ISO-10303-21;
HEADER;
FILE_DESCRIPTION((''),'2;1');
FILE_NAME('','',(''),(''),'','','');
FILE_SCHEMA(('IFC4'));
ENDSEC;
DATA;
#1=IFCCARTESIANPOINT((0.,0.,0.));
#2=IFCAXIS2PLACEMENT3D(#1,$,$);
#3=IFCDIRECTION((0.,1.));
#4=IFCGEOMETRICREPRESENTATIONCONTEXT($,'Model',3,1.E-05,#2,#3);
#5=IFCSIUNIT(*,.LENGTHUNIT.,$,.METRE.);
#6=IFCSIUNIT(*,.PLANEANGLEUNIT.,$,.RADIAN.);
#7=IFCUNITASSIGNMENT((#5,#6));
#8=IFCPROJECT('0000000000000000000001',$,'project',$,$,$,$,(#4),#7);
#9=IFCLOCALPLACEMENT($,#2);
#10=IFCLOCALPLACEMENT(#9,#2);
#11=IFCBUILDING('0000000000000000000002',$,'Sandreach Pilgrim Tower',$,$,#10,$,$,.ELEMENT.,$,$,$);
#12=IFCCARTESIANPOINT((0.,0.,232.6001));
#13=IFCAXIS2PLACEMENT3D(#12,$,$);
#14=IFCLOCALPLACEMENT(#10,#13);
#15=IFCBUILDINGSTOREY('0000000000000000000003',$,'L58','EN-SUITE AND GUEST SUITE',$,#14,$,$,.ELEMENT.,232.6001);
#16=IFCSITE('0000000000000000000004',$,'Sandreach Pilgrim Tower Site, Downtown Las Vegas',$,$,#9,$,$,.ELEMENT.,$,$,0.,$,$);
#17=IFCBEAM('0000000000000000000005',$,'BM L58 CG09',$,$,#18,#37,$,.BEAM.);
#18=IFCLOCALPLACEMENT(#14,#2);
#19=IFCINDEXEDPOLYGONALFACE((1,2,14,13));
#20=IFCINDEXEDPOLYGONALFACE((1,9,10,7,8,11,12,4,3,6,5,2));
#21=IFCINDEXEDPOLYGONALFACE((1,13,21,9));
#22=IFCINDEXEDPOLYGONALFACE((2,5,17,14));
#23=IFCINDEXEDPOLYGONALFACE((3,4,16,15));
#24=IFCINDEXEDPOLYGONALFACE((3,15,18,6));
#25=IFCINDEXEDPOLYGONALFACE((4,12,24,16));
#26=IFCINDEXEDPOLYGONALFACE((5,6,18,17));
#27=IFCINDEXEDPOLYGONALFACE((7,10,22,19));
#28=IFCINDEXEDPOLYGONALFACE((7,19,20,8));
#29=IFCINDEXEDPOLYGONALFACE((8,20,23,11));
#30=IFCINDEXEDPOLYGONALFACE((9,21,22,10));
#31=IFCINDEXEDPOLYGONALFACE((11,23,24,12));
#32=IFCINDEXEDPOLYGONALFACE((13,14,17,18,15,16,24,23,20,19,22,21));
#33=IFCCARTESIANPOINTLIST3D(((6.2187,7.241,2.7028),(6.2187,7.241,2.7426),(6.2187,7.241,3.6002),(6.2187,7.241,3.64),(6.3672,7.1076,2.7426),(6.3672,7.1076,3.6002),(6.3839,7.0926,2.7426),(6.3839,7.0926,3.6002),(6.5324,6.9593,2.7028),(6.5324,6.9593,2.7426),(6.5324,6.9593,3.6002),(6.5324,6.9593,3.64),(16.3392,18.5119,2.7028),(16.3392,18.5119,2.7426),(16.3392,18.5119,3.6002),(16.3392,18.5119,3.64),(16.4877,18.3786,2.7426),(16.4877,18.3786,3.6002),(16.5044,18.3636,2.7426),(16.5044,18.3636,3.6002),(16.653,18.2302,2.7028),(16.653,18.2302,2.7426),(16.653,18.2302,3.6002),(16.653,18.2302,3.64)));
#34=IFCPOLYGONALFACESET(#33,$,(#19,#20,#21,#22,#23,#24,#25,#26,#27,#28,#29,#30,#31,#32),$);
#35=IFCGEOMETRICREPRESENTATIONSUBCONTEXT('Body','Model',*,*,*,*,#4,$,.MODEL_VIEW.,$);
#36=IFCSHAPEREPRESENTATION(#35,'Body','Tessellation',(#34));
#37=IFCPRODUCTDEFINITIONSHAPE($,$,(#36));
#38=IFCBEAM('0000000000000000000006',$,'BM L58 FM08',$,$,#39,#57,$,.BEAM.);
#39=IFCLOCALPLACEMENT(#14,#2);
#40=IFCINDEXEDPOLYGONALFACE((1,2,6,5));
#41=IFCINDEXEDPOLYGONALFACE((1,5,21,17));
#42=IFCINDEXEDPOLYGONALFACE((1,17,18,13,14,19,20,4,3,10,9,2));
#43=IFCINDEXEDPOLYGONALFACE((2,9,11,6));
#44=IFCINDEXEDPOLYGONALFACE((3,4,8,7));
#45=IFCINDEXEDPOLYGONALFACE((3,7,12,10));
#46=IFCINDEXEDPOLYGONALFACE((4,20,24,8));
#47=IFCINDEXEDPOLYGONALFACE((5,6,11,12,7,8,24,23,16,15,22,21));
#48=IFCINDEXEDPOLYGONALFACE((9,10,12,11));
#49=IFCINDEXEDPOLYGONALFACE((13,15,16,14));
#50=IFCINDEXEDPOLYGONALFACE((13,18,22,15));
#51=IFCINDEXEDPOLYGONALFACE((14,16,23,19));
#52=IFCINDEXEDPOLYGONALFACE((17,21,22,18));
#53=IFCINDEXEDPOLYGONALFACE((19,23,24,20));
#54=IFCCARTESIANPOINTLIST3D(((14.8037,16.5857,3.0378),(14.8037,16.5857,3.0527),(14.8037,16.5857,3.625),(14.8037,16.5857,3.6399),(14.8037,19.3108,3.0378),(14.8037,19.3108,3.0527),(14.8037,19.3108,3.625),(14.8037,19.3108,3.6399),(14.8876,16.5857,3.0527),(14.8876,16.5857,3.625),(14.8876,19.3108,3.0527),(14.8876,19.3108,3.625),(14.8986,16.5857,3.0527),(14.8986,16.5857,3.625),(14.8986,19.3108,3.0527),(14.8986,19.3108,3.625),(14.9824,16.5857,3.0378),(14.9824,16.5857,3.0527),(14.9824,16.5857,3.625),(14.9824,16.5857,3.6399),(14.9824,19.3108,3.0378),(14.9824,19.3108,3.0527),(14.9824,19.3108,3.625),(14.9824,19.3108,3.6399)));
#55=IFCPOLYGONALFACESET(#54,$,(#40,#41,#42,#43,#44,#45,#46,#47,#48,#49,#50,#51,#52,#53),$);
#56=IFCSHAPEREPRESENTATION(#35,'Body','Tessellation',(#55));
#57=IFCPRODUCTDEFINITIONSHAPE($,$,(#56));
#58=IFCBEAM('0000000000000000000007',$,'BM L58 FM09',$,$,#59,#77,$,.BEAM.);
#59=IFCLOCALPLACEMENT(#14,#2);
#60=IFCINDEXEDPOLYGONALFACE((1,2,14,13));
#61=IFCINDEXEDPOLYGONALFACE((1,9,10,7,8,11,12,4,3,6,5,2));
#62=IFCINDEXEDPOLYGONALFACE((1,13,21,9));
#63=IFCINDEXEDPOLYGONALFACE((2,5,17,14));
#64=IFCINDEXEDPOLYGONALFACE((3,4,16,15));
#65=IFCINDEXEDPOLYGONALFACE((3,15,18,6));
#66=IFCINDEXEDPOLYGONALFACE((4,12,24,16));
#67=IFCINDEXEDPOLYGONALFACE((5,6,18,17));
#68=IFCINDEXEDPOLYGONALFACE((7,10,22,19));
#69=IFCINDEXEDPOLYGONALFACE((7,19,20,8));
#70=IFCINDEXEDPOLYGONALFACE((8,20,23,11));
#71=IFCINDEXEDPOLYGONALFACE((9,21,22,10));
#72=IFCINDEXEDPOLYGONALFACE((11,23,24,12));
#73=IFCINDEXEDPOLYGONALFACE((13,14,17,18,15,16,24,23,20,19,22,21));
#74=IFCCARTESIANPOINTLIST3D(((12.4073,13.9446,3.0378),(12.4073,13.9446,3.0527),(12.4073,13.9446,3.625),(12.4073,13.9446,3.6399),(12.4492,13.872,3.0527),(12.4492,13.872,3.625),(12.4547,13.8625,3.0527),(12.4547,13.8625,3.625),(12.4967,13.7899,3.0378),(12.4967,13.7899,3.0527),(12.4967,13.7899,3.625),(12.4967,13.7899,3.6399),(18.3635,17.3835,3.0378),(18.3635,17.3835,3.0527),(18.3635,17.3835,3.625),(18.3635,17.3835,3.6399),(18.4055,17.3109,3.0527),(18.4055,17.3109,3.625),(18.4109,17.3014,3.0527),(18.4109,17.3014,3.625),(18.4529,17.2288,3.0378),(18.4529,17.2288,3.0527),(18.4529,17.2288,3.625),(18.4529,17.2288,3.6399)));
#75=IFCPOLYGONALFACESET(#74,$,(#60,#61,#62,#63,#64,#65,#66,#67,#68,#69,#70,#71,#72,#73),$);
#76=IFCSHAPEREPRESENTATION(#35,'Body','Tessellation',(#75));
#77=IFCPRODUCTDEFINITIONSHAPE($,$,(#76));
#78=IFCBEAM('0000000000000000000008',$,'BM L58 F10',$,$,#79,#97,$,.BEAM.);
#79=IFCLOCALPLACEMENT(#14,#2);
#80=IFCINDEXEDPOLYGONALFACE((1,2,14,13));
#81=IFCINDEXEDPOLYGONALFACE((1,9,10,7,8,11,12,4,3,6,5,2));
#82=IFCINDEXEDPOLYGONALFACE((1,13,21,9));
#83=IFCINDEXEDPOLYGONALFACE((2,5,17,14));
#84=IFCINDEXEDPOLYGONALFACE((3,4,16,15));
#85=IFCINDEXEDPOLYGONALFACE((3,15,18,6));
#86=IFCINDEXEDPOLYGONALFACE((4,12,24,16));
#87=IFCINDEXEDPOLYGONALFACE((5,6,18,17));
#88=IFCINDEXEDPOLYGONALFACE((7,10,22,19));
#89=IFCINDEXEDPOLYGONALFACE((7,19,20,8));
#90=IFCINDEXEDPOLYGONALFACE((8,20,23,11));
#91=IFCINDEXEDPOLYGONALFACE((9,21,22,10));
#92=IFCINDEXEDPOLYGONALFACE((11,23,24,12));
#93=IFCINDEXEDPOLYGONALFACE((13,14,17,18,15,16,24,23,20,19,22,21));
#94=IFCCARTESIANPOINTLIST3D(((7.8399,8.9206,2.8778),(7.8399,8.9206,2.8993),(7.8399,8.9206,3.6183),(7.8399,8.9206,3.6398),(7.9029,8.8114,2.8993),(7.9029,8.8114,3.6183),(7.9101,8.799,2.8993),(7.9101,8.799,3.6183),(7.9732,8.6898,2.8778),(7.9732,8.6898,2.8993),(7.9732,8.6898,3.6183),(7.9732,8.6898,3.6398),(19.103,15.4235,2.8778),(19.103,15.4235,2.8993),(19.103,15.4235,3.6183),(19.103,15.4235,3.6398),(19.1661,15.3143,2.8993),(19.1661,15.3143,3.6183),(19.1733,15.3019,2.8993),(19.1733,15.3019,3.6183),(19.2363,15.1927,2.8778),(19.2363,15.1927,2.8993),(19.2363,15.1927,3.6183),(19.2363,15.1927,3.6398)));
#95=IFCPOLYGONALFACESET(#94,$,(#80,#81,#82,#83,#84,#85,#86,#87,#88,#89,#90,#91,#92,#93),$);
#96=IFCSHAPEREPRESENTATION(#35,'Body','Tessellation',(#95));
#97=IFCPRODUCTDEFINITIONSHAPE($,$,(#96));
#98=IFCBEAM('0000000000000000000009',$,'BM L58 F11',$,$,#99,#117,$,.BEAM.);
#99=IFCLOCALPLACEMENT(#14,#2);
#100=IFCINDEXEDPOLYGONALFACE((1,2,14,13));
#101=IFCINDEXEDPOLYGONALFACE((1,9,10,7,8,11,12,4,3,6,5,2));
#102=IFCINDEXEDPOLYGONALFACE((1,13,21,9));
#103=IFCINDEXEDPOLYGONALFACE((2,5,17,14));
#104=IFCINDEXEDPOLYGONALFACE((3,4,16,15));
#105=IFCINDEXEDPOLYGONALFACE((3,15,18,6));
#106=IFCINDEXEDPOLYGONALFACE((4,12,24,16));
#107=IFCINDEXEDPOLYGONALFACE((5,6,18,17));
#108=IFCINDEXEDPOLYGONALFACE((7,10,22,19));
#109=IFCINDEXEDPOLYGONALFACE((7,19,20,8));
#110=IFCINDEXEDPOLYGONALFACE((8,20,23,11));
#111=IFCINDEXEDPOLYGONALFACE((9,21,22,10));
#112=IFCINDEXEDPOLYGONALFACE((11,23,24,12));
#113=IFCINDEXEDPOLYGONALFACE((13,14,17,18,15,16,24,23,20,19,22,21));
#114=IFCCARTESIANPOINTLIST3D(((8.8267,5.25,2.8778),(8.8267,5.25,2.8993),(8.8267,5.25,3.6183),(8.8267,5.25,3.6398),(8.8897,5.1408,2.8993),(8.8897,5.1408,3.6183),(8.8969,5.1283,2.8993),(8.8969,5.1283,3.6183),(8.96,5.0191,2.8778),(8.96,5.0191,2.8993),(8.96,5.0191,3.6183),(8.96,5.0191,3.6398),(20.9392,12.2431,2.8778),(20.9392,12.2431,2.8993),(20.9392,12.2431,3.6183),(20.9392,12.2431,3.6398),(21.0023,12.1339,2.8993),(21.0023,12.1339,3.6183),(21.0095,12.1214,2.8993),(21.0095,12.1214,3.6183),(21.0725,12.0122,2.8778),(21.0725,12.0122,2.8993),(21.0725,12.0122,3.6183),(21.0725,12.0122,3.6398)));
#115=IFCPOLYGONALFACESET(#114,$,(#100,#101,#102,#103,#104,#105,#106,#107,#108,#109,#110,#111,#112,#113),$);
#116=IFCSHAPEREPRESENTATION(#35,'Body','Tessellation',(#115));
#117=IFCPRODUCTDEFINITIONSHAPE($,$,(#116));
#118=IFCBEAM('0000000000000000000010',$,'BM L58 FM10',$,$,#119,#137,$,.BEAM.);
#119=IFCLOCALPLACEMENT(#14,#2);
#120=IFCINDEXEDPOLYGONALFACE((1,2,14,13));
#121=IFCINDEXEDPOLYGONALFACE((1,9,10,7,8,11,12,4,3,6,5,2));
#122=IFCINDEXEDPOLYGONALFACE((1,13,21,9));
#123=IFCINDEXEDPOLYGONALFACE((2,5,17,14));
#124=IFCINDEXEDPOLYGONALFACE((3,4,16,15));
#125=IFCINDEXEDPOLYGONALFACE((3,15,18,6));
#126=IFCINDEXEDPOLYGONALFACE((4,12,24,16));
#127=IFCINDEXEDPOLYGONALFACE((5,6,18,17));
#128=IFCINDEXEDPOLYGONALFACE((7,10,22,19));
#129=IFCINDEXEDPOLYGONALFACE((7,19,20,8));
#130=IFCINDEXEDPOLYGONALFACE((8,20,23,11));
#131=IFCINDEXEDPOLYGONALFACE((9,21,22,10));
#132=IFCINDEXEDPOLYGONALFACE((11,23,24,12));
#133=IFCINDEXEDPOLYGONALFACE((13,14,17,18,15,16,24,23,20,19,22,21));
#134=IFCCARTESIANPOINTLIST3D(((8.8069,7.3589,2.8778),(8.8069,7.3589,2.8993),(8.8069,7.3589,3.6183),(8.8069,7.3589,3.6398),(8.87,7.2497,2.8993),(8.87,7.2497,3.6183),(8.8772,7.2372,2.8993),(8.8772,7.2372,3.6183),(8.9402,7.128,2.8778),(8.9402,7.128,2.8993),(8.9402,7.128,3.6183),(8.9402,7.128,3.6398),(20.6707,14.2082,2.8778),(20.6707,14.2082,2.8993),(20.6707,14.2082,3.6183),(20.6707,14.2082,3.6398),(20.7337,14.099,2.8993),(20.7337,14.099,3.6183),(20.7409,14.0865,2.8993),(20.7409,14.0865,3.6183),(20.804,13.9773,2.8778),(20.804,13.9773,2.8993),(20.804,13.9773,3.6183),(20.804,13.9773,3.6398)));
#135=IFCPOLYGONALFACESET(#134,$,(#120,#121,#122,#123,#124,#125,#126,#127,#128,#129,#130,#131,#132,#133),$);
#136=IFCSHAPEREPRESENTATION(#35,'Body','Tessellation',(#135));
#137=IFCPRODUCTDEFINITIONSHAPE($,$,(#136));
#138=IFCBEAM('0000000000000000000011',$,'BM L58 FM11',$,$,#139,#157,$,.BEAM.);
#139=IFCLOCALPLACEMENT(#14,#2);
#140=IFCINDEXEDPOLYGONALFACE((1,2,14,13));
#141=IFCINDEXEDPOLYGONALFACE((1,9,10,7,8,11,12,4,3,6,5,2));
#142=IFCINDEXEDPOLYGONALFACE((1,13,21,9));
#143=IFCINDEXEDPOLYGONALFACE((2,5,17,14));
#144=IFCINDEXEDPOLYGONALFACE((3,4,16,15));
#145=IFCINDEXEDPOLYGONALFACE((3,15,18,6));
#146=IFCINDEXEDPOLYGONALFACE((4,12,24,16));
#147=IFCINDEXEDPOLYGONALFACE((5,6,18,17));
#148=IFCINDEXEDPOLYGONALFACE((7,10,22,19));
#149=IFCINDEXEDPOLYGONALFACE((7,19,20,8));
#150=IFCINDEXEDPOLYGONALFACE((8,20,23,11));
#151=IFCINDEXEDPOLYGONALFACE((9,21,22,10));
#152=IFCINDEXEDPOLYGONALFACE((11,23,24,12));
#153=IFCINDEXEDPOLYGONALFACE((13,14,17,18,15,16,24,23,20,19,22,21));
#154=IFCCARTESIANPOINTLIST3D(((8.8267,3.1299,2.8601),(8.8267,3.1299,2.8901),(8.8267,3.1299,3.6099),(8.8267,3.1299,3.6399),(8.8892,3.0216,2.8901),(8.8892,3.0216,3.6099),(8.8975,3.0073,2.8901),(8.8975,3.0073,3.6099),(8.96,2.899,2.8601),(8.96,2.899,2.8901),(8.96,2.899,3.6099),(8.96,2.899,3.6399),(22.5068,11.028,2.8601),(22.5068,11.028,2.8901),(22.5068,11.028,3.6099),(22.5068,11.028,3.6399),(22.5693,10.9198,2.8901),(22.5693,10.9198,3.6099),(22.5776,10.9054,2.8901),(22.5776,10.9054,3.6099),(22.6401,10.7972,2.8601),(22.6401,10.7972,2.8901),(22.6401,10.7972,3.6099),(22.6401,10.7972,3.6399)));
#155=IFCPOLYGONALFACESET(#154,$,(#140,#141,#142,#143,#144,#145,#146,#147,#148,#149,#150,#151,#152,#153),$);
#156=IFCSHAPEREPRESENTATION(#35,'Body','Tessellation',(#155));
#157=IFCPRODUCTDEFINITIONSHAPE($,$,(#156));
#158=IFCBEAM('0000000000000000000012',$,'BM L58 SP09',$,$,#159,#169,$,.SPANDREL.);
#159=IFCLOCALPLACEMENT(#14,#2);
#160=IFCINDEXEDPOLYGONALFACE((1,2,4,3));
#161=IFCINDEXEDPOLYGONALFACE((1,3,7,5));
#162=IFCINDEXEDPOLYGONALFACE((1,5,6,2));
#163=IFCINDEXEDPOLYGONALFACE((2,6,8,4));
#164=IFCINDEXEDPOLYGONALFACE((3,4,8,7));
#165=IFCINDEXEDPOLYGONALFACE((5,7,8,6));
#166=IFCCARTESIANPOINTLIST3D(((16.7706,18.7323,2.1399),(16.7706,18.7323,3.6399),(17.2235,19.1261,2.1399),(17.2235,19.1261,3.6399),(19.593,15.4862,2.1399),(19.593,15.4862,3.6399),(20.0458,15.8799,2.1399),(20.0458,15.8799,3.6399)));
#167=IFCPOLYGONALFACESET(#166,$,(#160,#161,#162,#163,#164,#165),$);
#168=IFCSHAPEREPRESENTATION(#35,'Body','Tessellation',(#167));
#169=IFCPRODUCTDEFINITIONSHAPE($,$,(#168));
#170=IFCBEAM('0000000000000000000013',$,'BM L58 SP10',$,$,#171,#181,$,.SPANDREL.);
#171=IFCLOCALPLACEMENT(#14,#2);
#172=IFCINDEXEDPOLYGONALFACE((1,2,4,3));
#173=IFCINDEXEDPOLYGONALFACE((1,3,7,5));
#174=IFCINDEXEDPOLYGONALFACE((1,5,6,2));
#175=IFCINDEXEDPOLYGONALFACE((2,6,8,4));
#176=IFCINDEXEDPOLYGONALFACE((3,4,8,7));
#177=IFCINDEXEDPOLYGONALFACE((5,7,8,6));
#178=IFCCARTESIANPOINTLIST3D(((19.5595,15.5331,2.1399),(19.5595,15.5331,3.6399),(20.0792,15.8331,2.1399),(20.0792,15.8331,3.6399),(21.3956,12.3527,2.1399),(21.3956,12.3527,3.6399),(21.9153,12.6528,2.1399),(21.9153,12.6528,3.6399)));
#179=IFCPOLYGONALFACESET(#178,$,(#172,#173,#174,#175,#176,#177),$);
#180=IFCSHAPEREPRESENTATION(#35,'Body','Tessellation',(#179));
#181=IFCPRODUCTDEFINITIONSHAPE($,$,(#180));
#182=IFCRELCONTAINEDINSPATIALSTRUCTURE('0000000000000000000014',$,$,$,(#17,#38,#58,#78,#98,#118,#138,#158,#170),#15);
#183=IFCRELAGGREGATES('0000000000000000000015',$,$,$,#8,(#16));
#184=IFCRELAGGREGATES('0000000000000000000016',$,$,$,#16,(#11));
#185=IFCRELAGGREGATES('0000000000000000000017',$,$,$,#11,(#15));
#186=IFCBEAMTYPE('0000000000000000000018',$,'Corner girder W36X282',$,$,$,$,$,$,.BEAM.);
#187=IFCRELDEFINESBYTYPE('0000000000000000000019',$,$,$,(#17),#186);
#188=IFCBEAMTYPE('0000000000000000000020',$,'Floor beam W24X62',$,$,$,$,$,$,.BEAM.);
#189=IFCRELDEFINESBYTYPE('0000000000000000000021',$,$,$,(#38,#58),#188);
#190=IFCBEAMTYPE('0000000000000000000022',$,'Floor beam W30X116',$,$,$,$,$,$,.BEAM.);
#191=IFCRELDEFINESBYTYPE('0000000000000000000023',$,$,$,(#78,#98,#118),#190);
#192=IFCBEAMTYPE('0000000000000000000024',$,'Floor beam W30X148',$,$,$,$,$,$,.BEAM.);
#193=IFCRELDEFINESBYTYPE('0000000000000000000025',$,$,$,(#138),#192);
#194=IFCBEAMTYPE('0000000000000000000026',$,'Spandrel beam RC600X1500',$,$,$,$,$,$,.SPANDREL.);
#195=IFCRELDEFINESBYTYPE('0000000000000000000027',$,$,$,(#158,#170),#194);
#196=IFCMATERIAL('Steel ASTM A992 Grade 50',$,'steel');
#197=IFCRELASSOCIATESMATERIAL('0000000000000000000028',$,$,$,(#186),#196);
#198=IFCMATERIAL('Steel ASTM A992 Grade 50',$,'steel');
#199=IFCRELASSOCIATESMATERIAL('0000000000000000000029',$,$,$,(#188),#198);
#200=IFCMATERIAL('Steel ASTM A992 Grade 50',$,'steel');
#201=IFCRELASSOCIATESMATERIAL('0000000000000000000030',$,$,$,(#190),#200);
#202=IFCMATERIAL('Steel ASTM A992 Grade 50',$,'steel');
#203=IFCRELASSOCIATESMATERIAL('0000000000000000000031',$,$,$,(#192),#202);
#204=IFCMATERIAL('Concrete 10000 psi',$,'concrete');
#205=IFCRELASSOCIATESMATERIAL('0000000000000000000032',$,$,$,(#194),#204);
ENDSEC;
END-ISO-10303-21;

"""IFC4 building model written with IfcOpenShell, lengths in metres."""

from ifc_helpers import new_model, si_unit, direction, frame, origin, origin_2d, place, context, subcontext, project, spatial, rectangle, i_section, extrude, material, material_profile, profile_set, type_object, element, save


model = new_model("IFC4")

# Units and contexts
model_context = context("Model", 3, precision=1e-05, world=origin(), true_north=direction((0.0, 1.0)))
body_context = subcontext(model_context, "Body", "Model", "MODEL_VIEW")
ifc_project = project(units=[si_unit("LENGTHUNIT", "METRE"), si_unit("PLANEANGLEUNIT", "RADIAN")], contexts=[model_context])

# Site, building, storey
site_placement = place(None, origin())
site = spatial("IfcSite", under=ifc_project, at=site_placement, Name="Sandreach Pilgrim Tower Site, Downtown Las Vegas", CompositionType="ELEMENT", RefElevation=0.0)
building_placement = place(site_placement, origin())
building = spatial("IfcBuilding", under=site, at=building_placement, Name="Sandreach Pilgrim Tower", CompositionType="ELEMENT")
storey_placement = place(building_placement, frame((0.0, 0.0, 232.6001)))
storey = spatial("IfcBuildingStorey", under=building, at=storey_placement, Name="L58", Description="EN-SUITE AND GUEST SUITE", CompositionType="ELEMENT", Elevation=232.6001)

# Beams
ifc_material_1 = material(Name="Steel ASTM A992 Grade 50", Category="steel")
ifc_material_profile_1 = material_profile(ifc_material_1, i_section(OverallWidth=0.4216, OverallDepth=0.9373, WebThickness=0.0225, FlangeThickness=0.0398, at=origin_2d()), Name="W36X282")
ifc_profile_set_1 = profile_set([ifc_material_profile_1], Name="Steel ASTM A992 Grade 50")
beam_type_1 = type_object("IfcBeamType", Name="Corner girder W36X282", PredefinedType="BEAM", material=ifc_profile_set_1)
beam_1_placement = place(storey_placement, frame((16.4961, 18.3711, 3.1714), z_axis=(-0.668115, -0.744058, 0.0), x_axis=(0.744058, -0.668115, 0.0)))
element("IfcBeam", 1, at=beam_1_placement, inside=storey, type_object=beam_type_1, Name="BM L58 CG09", PredefinedType="BEAM", context=body_context, shape_type="SweptSolid", body=[
    extrude(i_section(OverallWidth=0.4216, OverallDepth=0.9373, WebThickness=0.0225, FlangeThickness=0.0398, at=origin_2d()), origin(), (0.0, 0.0, 1.0), 15.1479),
])
ifc_material_2 = material(Name="Steel ASTM A992 Grade 50", Category="steel")
ifc_material_profile_2 = material_profile(ifc_material_2, i_section(OverallWidth=0.1787, OverallDepth=0.6021, WebThickness=0.011, FlangeThickness=0.0149, at=origin_2d()), Name="W24X62")
ifc_profile_set_2 = profile_set([ifc_material_profile_2], Name="Steel ASTM A992 Grade 50")
beam_type_2 = type_object("IfcBeamType", Name="Floor beam W24X62", PredefinedType="BEAM", material=ifc_profile_set_2)
beam_2_placement = place(storey_placement, frame((14.8931, 19.3108, 3.3389), z_axis=(0.0, -1.0, 0.0), x_axis=(1.0, 0.0, 0.0)))
element("IfcBeam", 2, at=beam_2_placement, inside=storey, type_object=beam_type_2, Name="BM L58 FM08", PredefinedType="BEAM", context=body_context, shape_type="SweptSolid", body=[
    extrude(i_section(OverallWidth=0.1787, OverallDepth=0.6021, WebThickness=0.011, FlangeThickness=0.0149, at=origin_2d()), origin(), (0.0, 0.0, 1.0), 2.7251),
])
beam_3_placement = place(storey_placement, frame((18.4082, 17.3062, 3.3389), z_axis=(-0.866019, -0.50001, 0.0), x_axis=(0.50001, -0.866019, 0.0)))
element("IfcBeam", 3, at=beam_3_placement, inside=storey, type_object=beam_type_2, Name="BM L58 FM09", PredefinedType="BEAM", context=body_context, shape_type="SweptSolid", body=[
    extrude(i_section(OverallWidth=0.1787, OverallDepth=0.6021, WebThickness=0.011, FlangeThickness=0.0149, at=origin_2d()), origin(), (0.0, 0.0, 1.0), 6.8777),
])
ifc_material_3 = material(Name="Steel ASTM A992 Grade 50", Category="steel")
ifc_material_profile_3 = material_profile(ifc_material_3, i_section(OverallWidth=0.2666, OverallDepth=0.762, WebThickness=0.0144, FlangeThickness=0.0215, at=origin_2d()), Name="W30X116")
ifc_profile_set_3 = profile_set([ifc_material_profile_3], Name="Steel ASTM A992 Grade 50")
beam_type_3 = type_object("IfcBeamType", Name="Floor beam W30X116", PredefinedType="BEAM", material=ifc_profile_set_3)
beam_4_placement = place(storey_placement, frame((19.1697, 15.3081, 3.2588), z_axis=(-0.866021, -0.500007, 0.0), x_axis=(0.500007, -0.866021, 0.0)))
element("IfcBeam", 4, at=beam_4_placement, inside=storey, type_object=beam_type_3, Name="BM L58 F10", PredefinedType="BEAM", context=body_context, shape_type="SweptSolid", body=[
    extrude(i_section(OverallWidth=0.2666, OverallDepth=0.762, WebThickness=0.0144, FlangeThickness=0.0215, at=origin_2d()), origin(), (0.0, 0.0, 1.0), 13.0056),
])
beam_5_placement = place(storey_placement, frame((21.0059, 12.1277, 3.2588), z_axis=(-0.866026, -0.499999, 0.0), x_axis=(0.499999, -0.866026, 0.0)))
element("IfcBeam", 5, at=beam_5_placement, inside=storey, type_object=beam_type_3, Name="BM L58 F11", PredefinedType="BEAM", context=body_context, shape_type="SweptSolid", body=[
    extrude(i_section(OverallWidth=0.2666, OverallDepth=0.762, WebThickness=0.0144, FlangeThickness=0.0215, at=origin_2d()), origin(), (0.0, 0.0, 1.0), 13.9863),
])
beam_6_placement = place(storey_placement, frame((20.7373, 14.0928, 3.2588), z_axis=(-0.866031, -0.49999, 0.0), x_axis=(0.49999, -0.866031, 0.0)))
element("IfcBeam", 6, at=beam_6_placement, inside=storey, type_object=beam_type_3, Name="BM L58 FM10", PredefinedType="BEAM", context=body_context, shape_type="SweptSolid", body=[
    extrude(i_section(OverallWidth=0.2666, OverallDepth=0.762, WebThickness=0.0144, FlangeThickness=0.0215, at=origin_2d()), origin(), (0.0, 0.0, 1.0), 13.699),
])
ifc_material_4 = material(Name="Steel ASTM A992 Grade 50", Category="steel")
ifc_material_profile_4 = material_profile(ifc_material_4, i_section(OverallWidth=0.2666, OverallDepth=0.7798, WebThickness=0.0166, FlangeThickness=0.03, at=origin_2d()), Name="W30X148")
ifc_profile_set_4 = profile_set([ifc_material_profile_4], Name="Steel ASTM A992 Grade 50")
beam_type_4 = type_object("IfcBeamType", Name="Floor beam W30X148", PredefinedType="BEAM", material=ifc_profile_set_4)
beam_7_placement = place(storey_placement, frame((22.5735, 10.9126, 3.25), z_axis=(-0.866027, -0.499997, 0.0), x_axis=(0.499997, -0.866027, 0.0)))
element("IfcBeam", 7, at=beam_7_placement, inside=storey, type_object=beam_type_4, Name="BM L58 FM11", PredefinedType="BEAM", context=body_context, shape_type="SweptSolid", body=[
    extrude(i_section(OverallWidth=0.2666, OverallDepth=0.7798, WebThickness=0.0166, FlangeThickness=0.03, at=origin_2d()), origin(), (0.0, 0.0, 1.0), 15.7964),
])
ifc_material_5 = material(Name="Concrete 10000 psi", Category="concrete")
ifc_material_profile_5 = material_profile(ifc_material_5, rectangle(XDim=0.6001, YDim=1.5, at=origin_2d()), Name="RC600X1500")
ifc_profile_set_5 = profile_set([ifc_material_profile_5], Name="Concrete 10000 psi")
beam_type_5 = type_object("IfcBeamType", Name="Spandrel beam RC600X1500", PredefinedType="SPANDREL", material=ifc_profile_set_5)
beam_8_placement = place(storey_placement, frame((16.9971, 18.9292, 2.8899), z_axis=(0.656123, -0.754654, 0.0), x_axis=(0.754654, 0.656123, 0.0)))
element("IfcBeam", 8, at=beam_8_placement, inside=storey, type_object=beam_type_5, Name="BM L58 SP09", PredefinedType="SPANDREL", context=body_context, shape_type="SweptSolid", body=[
    extrude(rectangle(XDim=0.6001, YDim=1.5, at=origin_2d()), origin(), (0.0, 0.0, 1.0), 4.3015),
])
beam_9_placement = place(storey_placement, frame((19.8193, 15.6831, 2.8899), z_axis=(0.499993, -0.866029, 0.0), x_axis=(0.866029, 0.499993, 0.0)))
element("IfcBeam", 9, at=beam_9_placement, inside=storey, type_object=beam_type_5, Name="BM L58 SP10", PredefinedType="SPANDREL", context=body_context, shape_type="SweptSolid", body=[
    extrude(rectangle(XDim=0.6001, YDim=1.5, at=origin_2d()), origin(), (0.0, 0.0, 1.0), 3.6724),
])

save(model, "model.ifc")
